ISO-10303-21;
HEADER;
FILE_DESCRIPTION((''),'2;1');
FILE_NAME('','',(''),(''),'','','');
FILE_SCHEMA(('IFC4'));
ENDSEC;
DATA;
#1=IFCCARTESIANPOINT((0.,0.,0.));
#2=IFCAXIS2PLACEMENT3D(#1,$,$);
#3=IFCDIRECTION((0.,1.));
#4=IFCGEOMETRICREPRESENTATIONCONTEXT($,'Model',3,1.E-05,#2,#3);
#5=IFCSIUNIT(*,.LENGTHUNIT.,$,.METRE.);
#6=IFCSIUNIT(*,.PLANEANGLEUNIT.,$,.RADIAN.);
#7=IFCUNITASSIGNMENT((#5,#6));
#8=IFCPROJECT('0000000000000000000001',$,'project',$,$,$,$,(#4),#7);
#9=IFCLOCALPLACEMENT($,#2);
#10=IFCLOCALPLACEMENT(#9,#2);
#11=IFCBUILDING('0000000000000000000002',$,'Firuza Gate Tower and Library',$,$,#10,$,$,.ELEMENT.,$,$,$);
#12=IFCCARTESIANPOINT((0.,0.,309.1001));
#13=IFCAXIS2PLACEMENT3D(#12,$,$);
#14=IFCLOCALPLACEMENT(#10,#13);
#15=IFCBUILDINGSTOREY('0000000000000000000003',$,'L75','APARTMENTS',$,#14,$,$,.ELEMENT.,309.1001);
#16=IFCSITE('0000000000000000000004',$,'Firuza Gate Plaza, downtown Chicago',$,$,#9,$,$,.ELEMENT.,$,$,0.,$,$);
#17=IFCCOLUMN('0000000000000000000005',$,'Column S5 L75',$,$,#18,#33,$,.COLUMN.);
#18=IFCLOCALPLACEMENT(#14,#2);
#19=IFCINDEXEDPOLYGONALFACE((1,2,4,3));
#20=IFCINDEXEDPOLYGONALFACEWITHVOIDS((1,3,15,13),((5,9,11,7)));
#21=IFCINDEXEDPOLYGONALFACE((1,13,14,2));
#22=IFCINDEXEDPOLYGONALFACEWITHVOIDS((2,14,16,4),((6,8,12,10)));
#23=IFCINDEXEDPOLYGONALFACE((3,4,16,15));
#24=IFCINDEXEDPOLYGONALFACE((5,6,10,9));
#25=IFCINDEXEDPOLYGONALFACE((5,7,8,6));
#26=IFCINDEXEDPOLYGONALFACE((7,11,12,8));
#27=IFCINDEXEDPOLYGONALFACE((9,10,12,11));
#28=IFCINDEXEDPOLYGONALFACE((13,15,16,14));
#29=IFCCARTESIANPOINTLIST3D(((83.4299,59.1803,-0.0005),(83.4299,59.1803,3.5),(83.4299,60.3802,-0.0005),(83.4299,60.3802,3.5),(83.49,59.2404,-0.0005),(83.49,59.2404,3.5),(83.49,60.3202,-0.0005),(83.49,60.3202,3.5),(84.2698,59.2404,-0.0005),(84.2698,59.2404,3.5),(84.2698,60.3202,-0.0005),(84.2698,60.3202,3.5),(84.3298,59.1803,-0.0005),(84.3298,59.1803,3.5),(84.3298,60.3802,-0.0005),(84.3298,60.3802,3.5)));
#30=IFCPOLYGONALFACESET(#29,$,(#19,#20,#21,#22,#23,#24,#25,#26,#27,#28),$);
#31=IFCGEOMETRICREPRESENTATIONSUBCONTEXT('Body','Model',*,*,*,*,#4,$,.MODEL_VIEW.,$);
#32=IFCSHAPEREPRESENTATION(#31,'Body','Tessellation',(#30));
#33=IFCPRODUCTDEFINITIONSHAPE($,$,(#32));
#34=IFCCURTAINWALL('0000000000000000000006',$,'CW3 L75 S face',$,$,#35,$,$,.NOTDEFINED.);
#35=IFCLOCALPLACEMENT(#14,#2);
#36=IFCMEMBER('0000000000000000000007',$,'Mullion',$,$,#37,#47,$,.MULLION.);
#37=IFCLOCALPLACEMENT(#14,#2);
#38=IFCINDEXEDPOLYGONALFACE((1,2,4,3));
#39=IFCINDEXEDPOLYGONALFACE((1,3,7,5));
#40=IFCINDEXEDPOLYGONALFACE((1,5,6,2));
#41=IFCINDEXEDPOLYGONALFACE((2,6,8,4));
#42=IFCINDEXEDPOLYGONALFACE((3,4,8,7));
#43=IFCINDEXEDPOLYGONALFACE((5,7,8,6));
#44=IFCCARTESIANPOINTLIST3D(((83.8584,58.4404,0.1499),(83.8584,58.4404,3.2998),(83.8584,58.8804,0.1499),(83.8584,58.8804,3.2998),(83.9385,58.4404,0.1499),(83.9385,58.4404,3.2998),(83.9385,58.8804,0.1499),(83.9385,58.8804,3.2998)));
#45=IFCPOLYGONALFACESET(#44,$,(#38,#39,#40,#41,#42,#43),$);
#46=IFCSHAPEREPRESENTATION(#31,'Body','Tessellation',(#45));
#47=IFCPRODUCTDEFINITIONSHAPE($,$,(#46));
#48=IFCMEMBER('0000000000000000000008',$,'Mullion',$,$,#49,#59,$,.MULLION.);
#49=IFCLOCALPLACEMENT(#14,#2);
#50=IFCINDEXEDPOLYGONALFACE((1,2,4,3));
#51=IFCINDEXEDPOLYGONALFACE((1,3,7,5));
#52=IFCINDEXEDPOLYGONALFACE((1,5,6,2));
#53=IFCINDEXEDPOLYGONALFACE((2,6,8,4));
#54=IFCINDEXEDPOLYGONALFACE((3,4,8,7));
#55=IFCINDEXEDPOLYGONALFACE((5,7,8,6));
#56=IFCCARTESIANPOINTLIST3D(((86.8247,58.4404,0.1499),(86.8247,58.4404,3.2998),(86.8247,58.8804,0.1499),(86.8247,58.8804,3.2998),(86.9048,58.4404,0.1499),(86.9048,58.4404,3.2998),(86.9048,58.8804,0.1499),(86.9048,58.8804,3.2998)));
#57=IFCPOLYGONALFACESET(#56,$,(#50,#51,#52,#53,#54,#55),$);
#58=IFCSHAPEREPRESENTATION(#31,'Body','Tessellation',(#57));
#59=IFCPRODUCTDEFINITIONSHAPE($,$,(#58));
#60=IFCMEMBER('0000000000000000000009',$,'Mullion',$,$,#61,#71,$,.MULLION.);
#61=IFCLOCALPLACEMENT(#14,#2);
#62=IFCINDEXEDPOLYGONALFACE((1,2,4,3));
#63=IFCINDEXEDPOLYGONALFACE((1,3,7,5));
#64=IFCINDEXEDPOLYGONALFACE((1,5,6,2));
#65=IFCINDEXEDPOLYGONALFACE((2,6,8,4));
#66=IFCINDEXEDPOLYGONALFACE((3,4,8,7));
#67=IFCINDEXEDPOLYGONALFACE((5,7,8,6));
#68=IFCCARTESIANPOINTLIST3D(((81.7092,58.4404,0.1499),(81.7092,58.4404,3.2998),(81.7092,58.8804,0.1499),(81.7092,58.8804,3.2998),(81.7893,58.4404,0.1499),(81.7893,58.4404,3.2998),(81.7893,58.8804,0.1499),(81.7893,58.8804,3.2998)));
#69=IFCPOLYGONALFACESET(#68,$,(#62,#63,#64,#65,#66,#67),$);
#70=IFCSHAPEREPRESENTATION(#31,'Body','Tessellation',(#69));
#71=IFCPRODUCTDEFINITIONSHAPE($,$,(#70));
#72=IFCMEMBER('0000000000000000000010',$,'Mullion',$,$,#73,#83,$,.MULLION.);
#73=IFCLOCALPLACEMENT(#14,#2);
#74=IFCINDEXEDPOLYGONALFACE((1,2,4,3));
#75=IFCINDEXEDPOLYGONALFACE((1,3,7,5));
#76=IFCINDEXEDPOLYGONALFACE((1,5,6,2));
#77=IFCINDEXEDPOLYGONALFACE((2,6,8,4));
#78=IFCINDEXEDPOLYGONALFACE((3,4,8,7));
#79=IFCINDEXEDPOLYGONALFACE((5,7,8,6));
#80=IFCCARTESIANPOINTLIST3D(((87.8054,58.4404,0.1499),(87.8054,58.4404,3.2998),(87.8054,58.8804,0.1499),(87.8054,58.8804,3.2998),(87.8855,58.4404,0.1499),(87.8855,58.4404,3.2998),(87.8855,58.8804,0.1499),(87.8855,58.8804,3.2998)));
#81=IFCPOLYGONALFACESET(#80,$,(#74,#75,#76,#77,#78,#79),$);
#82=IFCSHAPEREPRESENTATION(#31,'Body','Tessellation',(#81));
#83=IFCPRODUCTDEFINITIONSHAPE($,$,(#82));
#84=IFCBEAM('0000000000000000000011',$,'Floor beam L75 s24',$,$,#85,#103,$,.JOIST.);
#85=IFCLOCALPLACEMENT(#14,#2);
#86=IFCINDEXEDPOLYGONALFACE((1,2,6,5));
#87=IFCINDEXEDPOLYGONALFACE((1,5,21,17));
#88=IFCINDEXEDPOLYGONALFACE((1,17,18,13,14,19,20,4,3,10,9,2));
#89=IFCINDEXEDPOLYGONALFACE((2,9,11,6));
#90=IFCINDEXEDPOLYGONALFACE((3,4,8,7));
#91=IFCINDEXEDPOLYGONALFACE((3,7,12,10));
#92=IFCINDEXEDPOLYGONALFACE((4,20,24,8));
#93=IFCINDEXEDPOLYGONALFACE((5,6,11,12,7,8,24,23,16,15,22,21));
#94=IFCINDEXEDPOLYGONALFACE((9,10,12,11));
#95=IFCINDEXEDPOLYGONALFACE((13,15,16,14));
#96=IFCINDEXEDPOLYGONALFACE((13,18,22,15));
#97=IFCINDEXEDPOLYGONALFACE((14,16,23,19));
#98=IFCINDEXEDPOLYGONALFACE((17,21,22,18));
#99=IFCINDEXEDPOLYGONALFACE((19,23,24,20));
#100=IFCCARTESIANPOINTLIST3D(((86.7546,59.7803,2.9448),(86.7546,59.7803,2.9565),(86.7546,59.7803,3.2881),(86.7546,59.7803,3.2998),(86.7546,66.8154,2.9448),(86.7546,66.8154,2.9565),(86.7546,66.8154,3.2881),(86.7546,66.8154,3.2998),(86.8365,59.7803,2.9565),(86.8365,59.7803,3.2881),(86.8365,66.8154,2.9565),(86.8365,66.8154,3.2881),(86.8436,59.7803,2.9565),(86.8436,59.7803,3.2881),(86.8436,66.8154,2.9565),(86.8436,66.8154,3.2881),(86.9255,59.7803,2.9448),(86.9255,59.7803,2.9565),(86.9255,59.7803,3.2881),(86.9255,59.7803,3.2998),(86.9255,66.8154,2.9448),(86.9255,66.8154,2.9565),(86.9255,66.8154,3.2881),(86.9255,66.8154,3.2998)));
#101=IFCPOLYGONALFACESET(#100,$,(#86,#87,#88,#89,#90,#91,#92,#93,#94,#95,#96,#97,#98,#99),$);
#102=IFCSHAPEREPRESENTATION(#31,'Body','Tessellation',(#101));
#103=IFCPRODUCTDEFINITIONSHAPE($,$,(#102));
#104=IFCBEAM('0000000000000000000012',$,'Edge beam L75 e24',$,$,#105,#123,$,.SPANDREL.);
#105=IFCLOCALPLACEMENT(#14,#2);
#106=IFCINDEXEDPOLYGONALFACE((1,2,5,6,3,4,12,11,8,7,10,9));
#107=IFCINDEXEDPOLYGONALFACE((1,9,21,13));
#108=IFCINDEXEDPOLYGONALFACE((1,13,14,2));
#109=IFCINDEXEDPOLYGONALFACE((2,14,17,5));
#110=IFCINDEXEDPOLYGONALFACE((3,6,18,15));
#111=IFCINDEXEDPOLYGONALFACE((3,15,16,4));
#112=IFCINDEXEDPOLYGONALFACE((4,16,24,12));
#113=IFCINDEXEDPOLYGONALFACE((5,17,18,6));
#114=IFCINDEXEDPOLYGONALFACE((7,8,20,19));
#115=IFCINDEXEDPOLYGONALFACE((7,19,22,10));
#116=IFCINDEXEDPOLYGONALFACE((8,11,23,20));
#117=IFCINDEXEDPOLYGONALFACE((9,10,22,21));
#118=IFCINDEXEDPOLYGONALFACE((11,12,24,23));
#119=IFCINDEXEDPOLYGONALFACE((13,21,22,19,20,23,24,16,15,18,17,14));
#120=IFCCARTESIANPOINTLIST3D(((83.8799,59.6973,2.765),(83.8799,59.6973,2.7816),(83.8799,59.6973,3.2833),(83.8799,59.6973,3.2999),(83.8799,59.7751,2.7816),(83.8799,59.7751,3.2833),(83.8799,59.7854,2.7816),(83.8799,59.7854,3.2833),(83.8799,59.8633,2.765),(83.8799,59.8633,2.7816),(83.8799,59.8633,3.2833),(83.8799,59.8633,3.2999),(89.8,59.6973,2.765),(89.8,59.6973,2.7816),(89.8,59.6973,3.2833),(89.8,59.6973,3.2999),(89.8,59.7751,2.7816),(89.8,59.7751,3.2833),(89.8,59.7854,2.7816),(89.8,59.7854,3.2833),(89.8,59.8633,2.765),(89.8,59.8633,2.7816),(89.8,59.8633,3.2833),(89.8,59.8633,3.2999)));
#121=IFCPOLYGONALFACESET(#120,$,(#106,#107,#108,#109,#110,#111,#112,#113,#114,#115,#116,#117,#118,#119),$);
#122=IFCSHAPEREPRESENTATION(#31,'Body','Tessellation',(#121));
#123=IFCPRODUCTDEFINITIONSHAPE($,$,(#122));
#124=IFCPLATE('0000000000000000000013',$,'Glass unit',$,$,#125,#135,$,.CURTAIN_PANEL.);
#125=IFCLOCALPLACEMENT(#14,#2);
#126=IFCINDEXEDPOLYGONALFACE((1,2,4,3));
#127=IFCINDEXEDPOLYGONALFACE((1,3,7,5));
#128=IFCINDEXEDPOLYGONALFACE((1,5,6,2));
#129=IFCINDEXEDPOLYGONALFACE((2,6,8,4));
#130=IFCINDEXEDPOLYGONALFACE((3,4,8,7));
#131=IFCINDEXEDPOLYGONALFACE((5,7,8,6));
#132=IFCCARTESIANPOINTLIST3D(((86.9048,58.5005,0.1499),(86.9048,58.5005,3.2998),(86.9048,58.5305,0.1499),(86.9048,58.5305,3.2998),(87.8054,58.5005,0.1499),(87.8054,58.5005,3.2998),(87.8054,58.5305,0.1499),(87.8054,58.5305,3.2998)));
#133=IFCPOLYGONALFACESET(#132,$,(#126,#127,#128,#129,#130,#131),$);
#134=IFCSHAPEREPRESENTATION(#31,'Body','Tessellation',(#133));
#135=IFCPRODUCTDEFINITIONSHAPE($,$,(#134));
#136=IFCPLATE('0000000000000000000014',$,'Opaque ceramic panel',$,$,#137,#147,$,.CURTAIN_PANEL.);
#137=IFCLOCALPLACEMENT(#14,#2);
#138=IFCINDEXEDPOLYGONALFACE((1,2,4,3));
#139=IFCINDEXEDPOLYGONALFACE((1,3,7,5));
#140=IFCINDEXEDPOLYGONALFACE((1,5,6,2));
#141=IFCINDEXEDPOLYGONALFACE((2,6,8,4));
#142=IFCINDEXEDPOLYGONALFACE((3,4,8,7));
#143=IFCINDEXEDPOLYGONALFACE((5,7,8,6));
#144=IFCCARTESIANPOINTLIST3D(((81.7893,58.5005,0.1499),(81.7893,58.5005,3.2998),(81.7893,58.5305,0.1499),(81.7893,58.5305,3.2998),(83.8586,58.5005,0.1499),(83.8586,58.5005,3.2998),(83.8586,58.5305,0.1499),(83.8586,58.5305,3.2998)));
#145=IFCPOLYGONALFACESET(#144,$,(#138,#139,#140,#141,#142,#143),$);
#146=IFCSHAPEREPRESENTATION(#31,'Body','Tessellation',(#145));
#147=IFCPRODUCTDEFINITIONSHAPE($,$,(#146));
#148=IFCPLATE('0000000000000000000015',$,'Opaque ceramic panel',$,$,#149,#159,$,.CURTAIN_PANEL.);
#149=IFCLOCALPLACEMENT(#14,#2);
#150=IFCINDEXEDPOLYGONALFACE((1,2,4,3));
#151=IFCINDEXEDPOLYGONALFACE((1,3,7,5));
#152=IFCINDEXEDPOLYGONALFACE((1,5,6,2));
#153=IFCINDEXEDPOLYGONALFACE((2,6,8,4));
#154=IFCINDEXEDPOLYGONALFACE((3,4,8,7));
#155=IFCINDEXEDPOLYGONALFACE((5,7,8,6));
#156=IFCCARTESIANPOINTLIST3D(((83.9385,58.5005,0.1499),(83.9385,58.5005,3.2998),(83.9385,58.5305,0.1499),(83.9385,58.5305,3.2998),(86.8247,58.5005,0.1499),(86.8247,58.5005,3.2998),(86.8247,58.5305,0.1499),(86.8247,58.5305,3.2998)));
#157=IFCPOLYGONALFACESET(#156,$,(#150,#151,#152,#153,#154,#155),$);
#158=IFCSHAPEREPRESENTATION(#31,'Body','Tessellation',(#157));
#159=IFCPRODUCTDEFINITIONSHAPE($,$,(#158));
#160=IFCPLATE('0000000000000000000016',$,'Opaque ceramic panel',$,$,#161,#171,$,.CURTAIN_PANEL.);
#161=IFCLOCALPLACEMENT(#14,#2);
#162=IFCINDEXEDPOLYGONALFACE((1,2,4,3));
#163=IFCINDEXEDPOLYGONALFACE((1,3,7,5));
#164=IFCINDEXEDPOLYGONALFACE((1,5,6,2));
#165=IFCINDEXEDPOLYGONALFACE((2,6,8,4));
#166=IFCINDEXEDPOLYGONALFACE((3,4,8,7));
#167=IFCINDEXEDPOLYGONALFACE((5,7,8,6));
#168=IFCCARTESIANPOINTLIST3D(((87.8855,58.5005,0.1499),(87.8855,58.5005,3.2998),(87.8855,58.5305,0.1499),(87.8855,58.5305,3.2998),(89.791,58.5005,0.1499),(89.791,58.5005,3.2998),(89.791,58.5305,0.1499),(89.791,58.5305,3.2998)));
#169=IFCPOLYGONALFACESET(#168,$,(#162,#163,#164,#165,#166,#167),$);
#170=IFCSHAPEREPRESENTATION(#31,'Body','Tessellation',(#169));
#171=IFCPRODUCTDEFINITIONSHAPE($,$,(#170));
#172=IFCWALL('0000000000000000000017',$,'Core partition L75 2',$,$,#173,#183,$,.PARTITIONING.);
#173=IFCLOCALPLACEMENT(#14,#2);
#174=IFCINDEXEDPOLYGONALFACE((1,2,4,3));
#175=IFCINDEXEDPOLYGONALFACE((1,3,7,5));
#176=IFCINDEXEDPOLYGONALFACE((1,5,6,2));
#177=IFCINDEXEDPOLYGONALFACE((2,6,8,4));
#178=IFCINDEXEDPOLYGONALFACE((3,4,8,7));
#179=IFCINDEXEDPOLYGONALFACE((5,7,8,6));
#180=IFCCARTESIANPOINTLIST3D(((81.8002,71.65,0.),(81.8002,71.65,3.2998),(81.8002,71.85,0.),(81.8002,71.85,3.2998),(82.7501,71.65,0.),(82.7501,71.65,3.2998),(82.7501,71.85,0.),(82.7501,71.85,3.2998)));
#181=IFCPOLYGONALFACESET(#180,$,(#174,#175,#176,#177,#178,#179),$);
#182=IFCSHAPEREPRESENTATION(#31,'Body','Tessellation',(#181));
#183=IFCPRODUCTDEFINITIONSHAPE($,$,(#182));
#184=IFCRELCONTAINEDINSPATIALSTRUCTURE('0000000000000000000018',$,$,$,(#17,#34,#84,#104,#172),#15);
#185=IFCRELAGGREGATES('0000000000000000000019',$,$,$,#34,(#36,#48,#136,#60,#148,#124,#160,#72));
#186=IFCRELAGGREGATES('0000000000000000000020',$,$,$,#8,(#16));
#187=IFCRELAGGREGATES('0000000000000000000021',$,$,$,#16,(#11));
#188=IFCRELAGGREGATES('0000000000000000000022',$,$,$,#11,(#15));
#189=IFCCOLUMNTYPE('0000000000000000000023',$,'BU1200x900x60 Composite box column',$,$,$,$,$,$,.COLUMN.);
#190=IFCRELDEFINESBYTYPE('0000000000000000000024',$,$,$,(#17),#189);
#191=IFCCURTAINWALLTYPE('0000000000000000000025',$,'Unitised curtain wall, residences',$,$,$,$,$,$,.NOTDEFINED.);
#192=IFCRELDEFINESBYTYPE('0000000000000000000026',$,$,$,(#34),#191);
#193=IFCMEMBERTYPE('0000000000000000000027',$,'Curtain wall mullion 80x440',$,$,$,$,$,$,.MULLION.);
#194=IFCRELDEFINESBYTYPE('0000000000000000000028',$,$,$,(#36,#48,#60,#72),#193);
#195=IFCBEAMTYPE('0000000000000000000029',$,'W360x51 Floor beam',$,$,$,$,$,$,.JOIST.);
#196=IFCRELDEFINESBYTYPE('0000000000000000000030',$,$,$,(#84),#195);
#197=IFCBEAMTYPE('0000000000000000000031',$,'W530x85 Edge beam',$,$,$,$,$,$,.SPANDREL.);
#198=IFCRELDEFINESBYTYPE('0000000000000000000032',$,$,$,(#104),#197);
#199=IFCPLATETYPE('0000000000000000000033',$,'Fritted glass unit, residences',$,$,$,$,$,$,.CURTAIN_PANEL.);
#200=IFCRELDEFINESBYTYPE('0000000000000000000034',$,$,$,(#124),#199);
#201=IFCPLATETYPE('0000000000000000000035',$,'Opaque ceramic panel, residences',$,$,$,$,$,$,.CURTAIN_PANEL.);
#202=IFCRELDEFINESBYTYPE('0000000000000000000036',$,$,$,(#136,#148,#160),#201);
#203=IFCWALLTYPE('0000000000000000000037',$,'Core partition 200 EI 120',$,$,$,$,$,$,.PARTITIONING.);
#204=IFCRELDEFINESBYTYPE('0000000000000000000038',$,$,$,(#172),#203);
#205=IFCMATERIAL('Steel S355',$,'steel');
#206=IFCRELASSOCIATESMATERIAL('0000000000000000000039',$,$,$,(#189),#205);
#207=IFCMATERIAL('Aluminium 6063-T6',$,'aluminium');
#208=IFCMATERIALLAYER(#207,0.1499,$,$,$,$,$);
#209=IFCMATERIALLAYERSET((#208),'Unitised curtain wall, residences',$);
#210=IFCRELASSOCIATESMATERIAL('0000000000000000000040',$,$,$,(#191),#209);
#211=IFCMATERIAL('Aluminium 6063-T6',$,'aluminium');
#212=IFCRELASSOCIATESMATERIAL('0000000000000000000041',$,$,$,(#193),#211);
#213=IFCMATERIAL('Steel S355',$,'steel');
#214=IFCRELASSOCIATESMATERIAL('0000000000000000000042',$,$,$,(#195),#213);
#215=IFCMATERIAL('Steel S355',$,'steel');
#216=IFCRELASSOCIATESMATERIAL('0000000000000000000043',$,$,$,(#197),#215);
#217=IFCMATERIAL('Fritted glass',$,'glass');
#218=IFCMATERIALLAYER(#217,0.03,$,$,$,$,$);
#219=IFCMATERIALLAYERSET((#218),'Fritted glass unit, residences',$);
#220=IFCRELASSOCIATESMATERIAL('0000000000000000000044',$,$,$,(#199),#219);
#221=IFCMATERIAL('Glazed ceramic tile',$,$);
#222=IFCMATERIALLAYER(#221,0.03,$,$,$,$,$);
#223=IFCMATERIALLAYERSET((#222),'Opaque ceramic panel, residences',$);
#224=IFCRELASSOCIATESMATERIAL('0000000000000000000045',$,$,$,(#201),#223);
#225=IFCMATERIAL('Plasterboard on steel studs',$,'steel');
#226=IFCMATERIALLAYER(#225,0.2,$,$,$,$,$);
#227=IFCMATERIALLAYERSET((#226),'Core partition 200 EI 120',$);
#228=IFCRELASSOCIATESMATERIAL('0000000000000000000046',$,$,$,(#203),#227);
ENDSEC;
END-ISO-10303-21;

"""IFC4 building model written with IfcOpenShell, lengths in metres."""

from ifc_helpers import new_model, si_unit, direction, frame, frame_2d, origin, origin_2d, place, context, subcontext, project, spatial, polyline, rectangle, hollow_rectangle, i_section, outline, extrude, material, layer, layer_set, material_profile, profile_set, type_object, element, aggregate, save


model = new_model("IFC4")

# Units and contexts
model_context = context("Model", 3, precision=1e-05, world=origin(), true_north=direction((0.0, 1.0)))
body_context = subcontext(model_context, "Body", "Model", "MODEL_VIEW")
ifc_project = project(units=[si_unit("LENGTHUNIT", "METRE"), si_unit("PLANEANGLEUNIT", "RADIAN")], contexts=[model_context])

# Site, building, storey
site_placement = place(None, origin())
site = spatial("IfcSite", under=ifc_project, at=site_placement, Name="Firuza Gate Plaza, downtown Chicago", CompositionType="ELEMENT", RefElevation=0.0)
building_placement = place(site_placement, origin())
building = spatial("IfcBuilding", under=site, at=building_placement, Name="Firuza Gate Tower and Library", CompositionType="ELEMENT")
storey_placement = place(building_placement, frame((0.0, 0.0, 309.1001)))
storey = spatial("IfcBuildingStorey", under=building, at=storey_placement, Name="L75", Description="APARTMENTS", CompositionType="ELEMENT", Elevation=309.1001)

# Column
ifc_material_1 = material(Name="Steel S355", Category="steel")
ifc_material_profile_1 = material_profile(ifc_material_1, hollow_rectangle(XDim=0.8999, YDim=1.2, WallThickness=0.0601, at=origin_2d()))
ifc_profile_set_1 = profile_set([ifc_material_profile_1], Name="Steel S355")
column_type = type_object("IfcColumnType", Name="BU1200x900x60 Composite box column", PredefinedType="COLUMN", material=ifc_profile_set_1)
column_placement = place(storey_placement, frame((83.8799, 59.7803, -0.0005), z_axis=(0.0, 0.0, 1.0), x_axis=(1.0, 0.0, 0.0)))
element("IfcColumn", 1, at=column_placement, inside=storey, type_object=column_type, Name="Column S5 L75", PredefinedType="COLUMN", context=body_context, shape_type="SweptSolid", body=[
    extrude(hollow_rectangle(XDim=0.8999, YDim=1.2, WallThickness=0.0601, at=origin_2d()), origin(), (0.0, 0.0, 1.0), 3.5005),
])

# Curtain wall, members
ifc_material_2 = material(Name="Aluminium 6063-T6", Category="aluminium")
ifc_layer_1 = layer(ifc_material_2, 0.1499)
ifc_layer_set_1 = layer_set([ifc_layer_1], Name="Unitised curtain wall, residences")
curtain_wall_type = type_object("IfcCurtainWallType", Name="Unitised curtain wall, residences", PredefinedType="NOTDEFINED", material=ifc_layer_set_1)
curtain_wall_placement = place(storey_placement, origin())
curtain_wall = element("IfcCurtainWall", 2, at=curtain_wall_placement, inside=storey, type_object=curtain_wall_type, Name="CW3 L75 S face", PredefinedType="NOTDEFINED")
ifc_material_3 = material(Name="Aluminium 6063-T6", Category="aluminium")
ifc_material_profile_2 = material_profile(ifc_material_3, rectangle(XDim=0.4399, YDim=0.0801, at=origin_2d()))
ifc_profile_set_2 = profile_set([ifc_material_profile_2], Name="Aluminium 6063-T6")
member_type = type_object("IfcMemberType", Name="Curtain wall mullion 80x440", PredefinedType="MULLION", material=ifc_profile_set_2)
member_1_placement = place(storey_placement, frame((83.8984, 58.6604, 0.1499), z_axis=(0.0, 0.0, 1.0), x_axis=(0.0, 1.0, 0.0)))
member_1 = element("IfcMember", 3, at=member_1_placement, type_object=member_type, Name="Mullion", PredefinedType="MULLION", context=body_context, shape_type="SweptSolid", body=[
    extrude(rectangle(XDim=0.4399, YDim=0.0801, at=origin_2d()), origin(), (0.0, 0.0, 1.0), 3.1499),
])
member_2_placement = place(storey_placement, frame((86.8647, 58.6604, 0.1499), z_axis=(0.0, 0.0, 1.0), x_axis=(0.0, 1.0, 0.0)))
member_2 = element("IfcMember", 4, at=member_2_placement, type_object=member_type, Name="Mullion", PredefinedType="MULLION", context=body_context, shape_type="SweptSolid", body=[
    extrude(rectangle(XDim=0.4399, YDim=0.0801, at=origin_2d()), origin(), (0.0, 0.0, 1.0), 3.1499),
])
member_3_placement = place(storey_placement, frame((81.7493, 58.6604, 0.1499), z_axis=(0.0, 0.0, 1.0), x_axis=(0.0, 1.0, 0.0)))
member_3 = element("IfcMember", 5, at=member_3_placement, type_object=member_type, Name="Mullion", PredefinedType="MULLION", context=body_context, shape_type="SweptSolid", body=[
    extrude(rectangle(XDim=0.4399, YDim=0.0801, at=origin_2d()), origin(), (0.0, 0.0, 1.0), 3.1499),
])
member_4_placement = place(storey_placement, frame((87.8455, 58.6604, 0.1499), z_axis=(0.0, 0.0, 1.0), x_axis=(0.0, 1.0, 0.0)))
member_4 = element("IfcMember", 6, at=member_4_placement, type_object=member_type, Name="Mullion", PredefinedType="MULLION", context=body_context, shape_type="SweptSolid", body=[
    extrude(rectangle(XDim=0.4399, YDim=0.0801, at=origin_2d()), origin(), (0.0, 0.0, 1.0), 3.1499),
])

# Beams
ifc_material_4 = material(Name="Steel S355", Category="steel")
ifc_material_profile_3 = material_profile(ifc_material_4, i_section(OverallWidth=0.1709, OverallDepth=0.355, WebThickness=0.0071, FlangeThickness=0.0117, at=origin_2d()))
ifc_profile_set_3 = profile_set([ifc_material_profile_3], Name="Steel S355")
beam_type_1 = type_object("IfcBeamType", Name="W360x51 Floor beam", PredefinedType="JOIST", material=ifc_profile_set_3)
beam_1_placement = place(storey_placement, frame((86.8401, 59.7803, 3.1223), z_axis=(0.0, 1.0, 0.0), x_axis=(-1.0, 0.0, 0.0)))
element("IfcBeam", 7, at=beam_1_placement, inside=storey, type_object=beam_type_1, Name="Floor beam L75 s24", PredefinedType="JOIST", context=body_context, shape_type="SweptSolid", body=[
    extrude(i_section(OverallWidth=0.1709, OverallDepth=0.355, WebThickness=0.0071, FlangeThickness=0.0117, at=origin_2d()), origin(), (0.0, 0.0, 1.0), 7.0352),
])
ifc_material_5 = material(Name="Steel S355", Category="steel")
ifc_material_profile_4 = material_profile(ifc_material_5, i_section(OverallWidth=0.166, OverallDepth=0.5349, WebThickness=0.0103, FlangeThickness=0.0166, at=origin_2d()))
ifc_profile_set_4 = profile_set([ifc_material_profile_4], Name="Steel S355")
beam_type_2 = type_object("IfcBeamType", Name="W530x85 Edge beam", PredefinedType="SPANDREL", material=ifc_profile_set_4)
beam_2_placement = place(storey_placement, frame((83.8799, 59.7803, 3.0325), z_axis=(1.0, 0.0, 0.0), x_axis=(0.0, 1.0, 0.0)))
element("IfcBeam", 8, at=beam_2_placement, inside=storey, type_object=beam_type_2, Name="Edge beam L75 e24", PredefinedType="SPANDREL", context=body_context, shape_type="SweptSolid", body=[
    extrude(i_section(OverallWidth=0.166, OverallDepth=0.5349, WebThickness=0.0103, FlangeThickness=0.0166, at=origin_2d()), origin(), (0.0, 0.0, 1.0), 5.9202),
])

# Plates
ifc_material_6 = material(Name="Fritted glass", Category="glass")
ifc_layer_2 = layer(ifc_material_6, 0.03)
ifc_layer_set_2 = layer_set([ifc_layer_2], Name="Fritted glass unit, residences")
plate_type_1 = type_object("IfcPlateType", Name="Fritted glass unit, residences", PredefinedType="CURTAIN_PANEL", material=ifc_layer_set_2)
plate_1_placement = place(storey_placement, frame((86.9048, 58.5005, 0.1499), z_axis=(0.0, -1.0, 0.0), x_axis=(1.0, 0.0, 0.0)))
plate_1 = element("IfcPlate", 9, at=plate_1_placement, type_object=plate_type_1, Name="Glass unit", PredefinedType="CURTAIN_PANEL", context=body_context, shape_type="SweptSolid", body=[
    extrude(outline(polyline([(0.0, 0.0), (0.9006, 0.0), (0.9006, 3.1499), (0.0, 3.1499), (0.0, 0.0)])), origin(), (0.0, 0.0, -1.0), 0.03),
])
ifc_material_7 = material(Name="Glazed ceramic tile")
ifc_layer_3 = layer(ifc_material_7, 0.03)
ifc_layer_set_3 = layer_set([ifc_layer_3], Name="Opaque ceramic panel, residences")
plate_type_2 = type_object("IfcPlateType", Name="Opaque ceramic panel, residences", PredefinedType="CURTAIN_PANEL", material=ifc_layer_set_3)
plate_2_placement = place(storey_placement, frame((81.7893, 58.5005, 0.1499), z_axis=(0.0, -1.0, 0.0), x_axis=(1.0, 0.0, 0.0)))
plate_2 = element("IfcPlate", 10, at=plate_2_placement, type_object=plate_type_2, Name="Opaque ceramic panel", PredefinedType="CURTAIN_PANEL", context=body_context, shape_type="SweptSolid", body=[
    extrude(outline(polyline([(0.0, 0.0), (2.0693, 0.0), (2.0693, 3.1499), (0.0, 3.1499), (0.0, 0.0)])), origin(), (0.0, 0.0, -1.0), 0.03),
])
plate_3_placement = place(storey_placement, frame((83.9385, 58.5005, 0.1499), z_axis=(0.0, -1.0, 0.0), x_axis=(1.0, 0.0, 0.0)))
plate_3 = element("IfcPlate", 11, at=plate_3_placement, type_object=plate_type_2, Name="Opaque ceramic panel", PredefinedType="CURTAIN_PANEL", context=body_context, shape_type="SweptSolid", body=[
    extrude(outline(polyline([(0.0, 0.0), (2.8862, 0.0), (2.8862, 3.1499), (0.0, 3.1499), (0.0, 0.0)])), origin(), (0.0, 0.0, -1.0), 0.03),
])
plate_4_placement = place(storey_placement, frame((87.8855, 58.5005, 0.1499), z_axis=(0.0, -1.0, 0.0), x_axis=(1.0, 0.0, 0.0)))
plate_4 = element("IfcPlate", 12, at=plate_4_placement, type_object=plate_type_2, Name="Opaque ceramic panel", PredefinedType="CURTAIN_PANEL", context=body_context, shape_type="SweptSolid", body=[
    extrude(outline(polyline([(0.0, 0.0), (1.9055, 0.0), (1.9055, 3.1499), (0.0, 3.1499), (0.0, 0.0)])), origin(), (0.0, 0.0, -1.0), 0.03),
])
aggregate(curtain_wall, [member_1, member_2, plate_2, member_3, plate_3, plate_1, plate_4, member_4])

# Wall
ifc_material_8 = material(Name="Plasterboard on steel studs", Category="steel")
ifc_layer_4 = layer(ifc_material_8, 0.2)
ifc_layer_set_4 = layer_set([ifc_layer_4], Name="Core partition 200 EI 120")
wall_type_1 = type_object("IfcWallType", Name="Core partition 200 EI 120", PredefinedType="PARTITIONING", material=ifc_layer_set_4)
wall_1_placement = place(storey_placement, frame((81.8, 71.75, 0.0), z_axis=(0.0, 0.0, 1.0), x_axis=(1.0, 0.0, 0.0)))
element("IfcWall", 13, at=wall_1_placement, inside=storey, type_object=wall_type_1, Name="Core partition L75 2", PredefinedType="PARTITIONING", context=body_context, shape_type="SweptSolid", body=[
    extrude(rectangle(XDim=0.95, YDim=0.2, at=frame_2d((0.4751, 0.0))), origin(), (0.0, 0.0, 1.0), 3.2998),
])

save(model, "model.ifc")
